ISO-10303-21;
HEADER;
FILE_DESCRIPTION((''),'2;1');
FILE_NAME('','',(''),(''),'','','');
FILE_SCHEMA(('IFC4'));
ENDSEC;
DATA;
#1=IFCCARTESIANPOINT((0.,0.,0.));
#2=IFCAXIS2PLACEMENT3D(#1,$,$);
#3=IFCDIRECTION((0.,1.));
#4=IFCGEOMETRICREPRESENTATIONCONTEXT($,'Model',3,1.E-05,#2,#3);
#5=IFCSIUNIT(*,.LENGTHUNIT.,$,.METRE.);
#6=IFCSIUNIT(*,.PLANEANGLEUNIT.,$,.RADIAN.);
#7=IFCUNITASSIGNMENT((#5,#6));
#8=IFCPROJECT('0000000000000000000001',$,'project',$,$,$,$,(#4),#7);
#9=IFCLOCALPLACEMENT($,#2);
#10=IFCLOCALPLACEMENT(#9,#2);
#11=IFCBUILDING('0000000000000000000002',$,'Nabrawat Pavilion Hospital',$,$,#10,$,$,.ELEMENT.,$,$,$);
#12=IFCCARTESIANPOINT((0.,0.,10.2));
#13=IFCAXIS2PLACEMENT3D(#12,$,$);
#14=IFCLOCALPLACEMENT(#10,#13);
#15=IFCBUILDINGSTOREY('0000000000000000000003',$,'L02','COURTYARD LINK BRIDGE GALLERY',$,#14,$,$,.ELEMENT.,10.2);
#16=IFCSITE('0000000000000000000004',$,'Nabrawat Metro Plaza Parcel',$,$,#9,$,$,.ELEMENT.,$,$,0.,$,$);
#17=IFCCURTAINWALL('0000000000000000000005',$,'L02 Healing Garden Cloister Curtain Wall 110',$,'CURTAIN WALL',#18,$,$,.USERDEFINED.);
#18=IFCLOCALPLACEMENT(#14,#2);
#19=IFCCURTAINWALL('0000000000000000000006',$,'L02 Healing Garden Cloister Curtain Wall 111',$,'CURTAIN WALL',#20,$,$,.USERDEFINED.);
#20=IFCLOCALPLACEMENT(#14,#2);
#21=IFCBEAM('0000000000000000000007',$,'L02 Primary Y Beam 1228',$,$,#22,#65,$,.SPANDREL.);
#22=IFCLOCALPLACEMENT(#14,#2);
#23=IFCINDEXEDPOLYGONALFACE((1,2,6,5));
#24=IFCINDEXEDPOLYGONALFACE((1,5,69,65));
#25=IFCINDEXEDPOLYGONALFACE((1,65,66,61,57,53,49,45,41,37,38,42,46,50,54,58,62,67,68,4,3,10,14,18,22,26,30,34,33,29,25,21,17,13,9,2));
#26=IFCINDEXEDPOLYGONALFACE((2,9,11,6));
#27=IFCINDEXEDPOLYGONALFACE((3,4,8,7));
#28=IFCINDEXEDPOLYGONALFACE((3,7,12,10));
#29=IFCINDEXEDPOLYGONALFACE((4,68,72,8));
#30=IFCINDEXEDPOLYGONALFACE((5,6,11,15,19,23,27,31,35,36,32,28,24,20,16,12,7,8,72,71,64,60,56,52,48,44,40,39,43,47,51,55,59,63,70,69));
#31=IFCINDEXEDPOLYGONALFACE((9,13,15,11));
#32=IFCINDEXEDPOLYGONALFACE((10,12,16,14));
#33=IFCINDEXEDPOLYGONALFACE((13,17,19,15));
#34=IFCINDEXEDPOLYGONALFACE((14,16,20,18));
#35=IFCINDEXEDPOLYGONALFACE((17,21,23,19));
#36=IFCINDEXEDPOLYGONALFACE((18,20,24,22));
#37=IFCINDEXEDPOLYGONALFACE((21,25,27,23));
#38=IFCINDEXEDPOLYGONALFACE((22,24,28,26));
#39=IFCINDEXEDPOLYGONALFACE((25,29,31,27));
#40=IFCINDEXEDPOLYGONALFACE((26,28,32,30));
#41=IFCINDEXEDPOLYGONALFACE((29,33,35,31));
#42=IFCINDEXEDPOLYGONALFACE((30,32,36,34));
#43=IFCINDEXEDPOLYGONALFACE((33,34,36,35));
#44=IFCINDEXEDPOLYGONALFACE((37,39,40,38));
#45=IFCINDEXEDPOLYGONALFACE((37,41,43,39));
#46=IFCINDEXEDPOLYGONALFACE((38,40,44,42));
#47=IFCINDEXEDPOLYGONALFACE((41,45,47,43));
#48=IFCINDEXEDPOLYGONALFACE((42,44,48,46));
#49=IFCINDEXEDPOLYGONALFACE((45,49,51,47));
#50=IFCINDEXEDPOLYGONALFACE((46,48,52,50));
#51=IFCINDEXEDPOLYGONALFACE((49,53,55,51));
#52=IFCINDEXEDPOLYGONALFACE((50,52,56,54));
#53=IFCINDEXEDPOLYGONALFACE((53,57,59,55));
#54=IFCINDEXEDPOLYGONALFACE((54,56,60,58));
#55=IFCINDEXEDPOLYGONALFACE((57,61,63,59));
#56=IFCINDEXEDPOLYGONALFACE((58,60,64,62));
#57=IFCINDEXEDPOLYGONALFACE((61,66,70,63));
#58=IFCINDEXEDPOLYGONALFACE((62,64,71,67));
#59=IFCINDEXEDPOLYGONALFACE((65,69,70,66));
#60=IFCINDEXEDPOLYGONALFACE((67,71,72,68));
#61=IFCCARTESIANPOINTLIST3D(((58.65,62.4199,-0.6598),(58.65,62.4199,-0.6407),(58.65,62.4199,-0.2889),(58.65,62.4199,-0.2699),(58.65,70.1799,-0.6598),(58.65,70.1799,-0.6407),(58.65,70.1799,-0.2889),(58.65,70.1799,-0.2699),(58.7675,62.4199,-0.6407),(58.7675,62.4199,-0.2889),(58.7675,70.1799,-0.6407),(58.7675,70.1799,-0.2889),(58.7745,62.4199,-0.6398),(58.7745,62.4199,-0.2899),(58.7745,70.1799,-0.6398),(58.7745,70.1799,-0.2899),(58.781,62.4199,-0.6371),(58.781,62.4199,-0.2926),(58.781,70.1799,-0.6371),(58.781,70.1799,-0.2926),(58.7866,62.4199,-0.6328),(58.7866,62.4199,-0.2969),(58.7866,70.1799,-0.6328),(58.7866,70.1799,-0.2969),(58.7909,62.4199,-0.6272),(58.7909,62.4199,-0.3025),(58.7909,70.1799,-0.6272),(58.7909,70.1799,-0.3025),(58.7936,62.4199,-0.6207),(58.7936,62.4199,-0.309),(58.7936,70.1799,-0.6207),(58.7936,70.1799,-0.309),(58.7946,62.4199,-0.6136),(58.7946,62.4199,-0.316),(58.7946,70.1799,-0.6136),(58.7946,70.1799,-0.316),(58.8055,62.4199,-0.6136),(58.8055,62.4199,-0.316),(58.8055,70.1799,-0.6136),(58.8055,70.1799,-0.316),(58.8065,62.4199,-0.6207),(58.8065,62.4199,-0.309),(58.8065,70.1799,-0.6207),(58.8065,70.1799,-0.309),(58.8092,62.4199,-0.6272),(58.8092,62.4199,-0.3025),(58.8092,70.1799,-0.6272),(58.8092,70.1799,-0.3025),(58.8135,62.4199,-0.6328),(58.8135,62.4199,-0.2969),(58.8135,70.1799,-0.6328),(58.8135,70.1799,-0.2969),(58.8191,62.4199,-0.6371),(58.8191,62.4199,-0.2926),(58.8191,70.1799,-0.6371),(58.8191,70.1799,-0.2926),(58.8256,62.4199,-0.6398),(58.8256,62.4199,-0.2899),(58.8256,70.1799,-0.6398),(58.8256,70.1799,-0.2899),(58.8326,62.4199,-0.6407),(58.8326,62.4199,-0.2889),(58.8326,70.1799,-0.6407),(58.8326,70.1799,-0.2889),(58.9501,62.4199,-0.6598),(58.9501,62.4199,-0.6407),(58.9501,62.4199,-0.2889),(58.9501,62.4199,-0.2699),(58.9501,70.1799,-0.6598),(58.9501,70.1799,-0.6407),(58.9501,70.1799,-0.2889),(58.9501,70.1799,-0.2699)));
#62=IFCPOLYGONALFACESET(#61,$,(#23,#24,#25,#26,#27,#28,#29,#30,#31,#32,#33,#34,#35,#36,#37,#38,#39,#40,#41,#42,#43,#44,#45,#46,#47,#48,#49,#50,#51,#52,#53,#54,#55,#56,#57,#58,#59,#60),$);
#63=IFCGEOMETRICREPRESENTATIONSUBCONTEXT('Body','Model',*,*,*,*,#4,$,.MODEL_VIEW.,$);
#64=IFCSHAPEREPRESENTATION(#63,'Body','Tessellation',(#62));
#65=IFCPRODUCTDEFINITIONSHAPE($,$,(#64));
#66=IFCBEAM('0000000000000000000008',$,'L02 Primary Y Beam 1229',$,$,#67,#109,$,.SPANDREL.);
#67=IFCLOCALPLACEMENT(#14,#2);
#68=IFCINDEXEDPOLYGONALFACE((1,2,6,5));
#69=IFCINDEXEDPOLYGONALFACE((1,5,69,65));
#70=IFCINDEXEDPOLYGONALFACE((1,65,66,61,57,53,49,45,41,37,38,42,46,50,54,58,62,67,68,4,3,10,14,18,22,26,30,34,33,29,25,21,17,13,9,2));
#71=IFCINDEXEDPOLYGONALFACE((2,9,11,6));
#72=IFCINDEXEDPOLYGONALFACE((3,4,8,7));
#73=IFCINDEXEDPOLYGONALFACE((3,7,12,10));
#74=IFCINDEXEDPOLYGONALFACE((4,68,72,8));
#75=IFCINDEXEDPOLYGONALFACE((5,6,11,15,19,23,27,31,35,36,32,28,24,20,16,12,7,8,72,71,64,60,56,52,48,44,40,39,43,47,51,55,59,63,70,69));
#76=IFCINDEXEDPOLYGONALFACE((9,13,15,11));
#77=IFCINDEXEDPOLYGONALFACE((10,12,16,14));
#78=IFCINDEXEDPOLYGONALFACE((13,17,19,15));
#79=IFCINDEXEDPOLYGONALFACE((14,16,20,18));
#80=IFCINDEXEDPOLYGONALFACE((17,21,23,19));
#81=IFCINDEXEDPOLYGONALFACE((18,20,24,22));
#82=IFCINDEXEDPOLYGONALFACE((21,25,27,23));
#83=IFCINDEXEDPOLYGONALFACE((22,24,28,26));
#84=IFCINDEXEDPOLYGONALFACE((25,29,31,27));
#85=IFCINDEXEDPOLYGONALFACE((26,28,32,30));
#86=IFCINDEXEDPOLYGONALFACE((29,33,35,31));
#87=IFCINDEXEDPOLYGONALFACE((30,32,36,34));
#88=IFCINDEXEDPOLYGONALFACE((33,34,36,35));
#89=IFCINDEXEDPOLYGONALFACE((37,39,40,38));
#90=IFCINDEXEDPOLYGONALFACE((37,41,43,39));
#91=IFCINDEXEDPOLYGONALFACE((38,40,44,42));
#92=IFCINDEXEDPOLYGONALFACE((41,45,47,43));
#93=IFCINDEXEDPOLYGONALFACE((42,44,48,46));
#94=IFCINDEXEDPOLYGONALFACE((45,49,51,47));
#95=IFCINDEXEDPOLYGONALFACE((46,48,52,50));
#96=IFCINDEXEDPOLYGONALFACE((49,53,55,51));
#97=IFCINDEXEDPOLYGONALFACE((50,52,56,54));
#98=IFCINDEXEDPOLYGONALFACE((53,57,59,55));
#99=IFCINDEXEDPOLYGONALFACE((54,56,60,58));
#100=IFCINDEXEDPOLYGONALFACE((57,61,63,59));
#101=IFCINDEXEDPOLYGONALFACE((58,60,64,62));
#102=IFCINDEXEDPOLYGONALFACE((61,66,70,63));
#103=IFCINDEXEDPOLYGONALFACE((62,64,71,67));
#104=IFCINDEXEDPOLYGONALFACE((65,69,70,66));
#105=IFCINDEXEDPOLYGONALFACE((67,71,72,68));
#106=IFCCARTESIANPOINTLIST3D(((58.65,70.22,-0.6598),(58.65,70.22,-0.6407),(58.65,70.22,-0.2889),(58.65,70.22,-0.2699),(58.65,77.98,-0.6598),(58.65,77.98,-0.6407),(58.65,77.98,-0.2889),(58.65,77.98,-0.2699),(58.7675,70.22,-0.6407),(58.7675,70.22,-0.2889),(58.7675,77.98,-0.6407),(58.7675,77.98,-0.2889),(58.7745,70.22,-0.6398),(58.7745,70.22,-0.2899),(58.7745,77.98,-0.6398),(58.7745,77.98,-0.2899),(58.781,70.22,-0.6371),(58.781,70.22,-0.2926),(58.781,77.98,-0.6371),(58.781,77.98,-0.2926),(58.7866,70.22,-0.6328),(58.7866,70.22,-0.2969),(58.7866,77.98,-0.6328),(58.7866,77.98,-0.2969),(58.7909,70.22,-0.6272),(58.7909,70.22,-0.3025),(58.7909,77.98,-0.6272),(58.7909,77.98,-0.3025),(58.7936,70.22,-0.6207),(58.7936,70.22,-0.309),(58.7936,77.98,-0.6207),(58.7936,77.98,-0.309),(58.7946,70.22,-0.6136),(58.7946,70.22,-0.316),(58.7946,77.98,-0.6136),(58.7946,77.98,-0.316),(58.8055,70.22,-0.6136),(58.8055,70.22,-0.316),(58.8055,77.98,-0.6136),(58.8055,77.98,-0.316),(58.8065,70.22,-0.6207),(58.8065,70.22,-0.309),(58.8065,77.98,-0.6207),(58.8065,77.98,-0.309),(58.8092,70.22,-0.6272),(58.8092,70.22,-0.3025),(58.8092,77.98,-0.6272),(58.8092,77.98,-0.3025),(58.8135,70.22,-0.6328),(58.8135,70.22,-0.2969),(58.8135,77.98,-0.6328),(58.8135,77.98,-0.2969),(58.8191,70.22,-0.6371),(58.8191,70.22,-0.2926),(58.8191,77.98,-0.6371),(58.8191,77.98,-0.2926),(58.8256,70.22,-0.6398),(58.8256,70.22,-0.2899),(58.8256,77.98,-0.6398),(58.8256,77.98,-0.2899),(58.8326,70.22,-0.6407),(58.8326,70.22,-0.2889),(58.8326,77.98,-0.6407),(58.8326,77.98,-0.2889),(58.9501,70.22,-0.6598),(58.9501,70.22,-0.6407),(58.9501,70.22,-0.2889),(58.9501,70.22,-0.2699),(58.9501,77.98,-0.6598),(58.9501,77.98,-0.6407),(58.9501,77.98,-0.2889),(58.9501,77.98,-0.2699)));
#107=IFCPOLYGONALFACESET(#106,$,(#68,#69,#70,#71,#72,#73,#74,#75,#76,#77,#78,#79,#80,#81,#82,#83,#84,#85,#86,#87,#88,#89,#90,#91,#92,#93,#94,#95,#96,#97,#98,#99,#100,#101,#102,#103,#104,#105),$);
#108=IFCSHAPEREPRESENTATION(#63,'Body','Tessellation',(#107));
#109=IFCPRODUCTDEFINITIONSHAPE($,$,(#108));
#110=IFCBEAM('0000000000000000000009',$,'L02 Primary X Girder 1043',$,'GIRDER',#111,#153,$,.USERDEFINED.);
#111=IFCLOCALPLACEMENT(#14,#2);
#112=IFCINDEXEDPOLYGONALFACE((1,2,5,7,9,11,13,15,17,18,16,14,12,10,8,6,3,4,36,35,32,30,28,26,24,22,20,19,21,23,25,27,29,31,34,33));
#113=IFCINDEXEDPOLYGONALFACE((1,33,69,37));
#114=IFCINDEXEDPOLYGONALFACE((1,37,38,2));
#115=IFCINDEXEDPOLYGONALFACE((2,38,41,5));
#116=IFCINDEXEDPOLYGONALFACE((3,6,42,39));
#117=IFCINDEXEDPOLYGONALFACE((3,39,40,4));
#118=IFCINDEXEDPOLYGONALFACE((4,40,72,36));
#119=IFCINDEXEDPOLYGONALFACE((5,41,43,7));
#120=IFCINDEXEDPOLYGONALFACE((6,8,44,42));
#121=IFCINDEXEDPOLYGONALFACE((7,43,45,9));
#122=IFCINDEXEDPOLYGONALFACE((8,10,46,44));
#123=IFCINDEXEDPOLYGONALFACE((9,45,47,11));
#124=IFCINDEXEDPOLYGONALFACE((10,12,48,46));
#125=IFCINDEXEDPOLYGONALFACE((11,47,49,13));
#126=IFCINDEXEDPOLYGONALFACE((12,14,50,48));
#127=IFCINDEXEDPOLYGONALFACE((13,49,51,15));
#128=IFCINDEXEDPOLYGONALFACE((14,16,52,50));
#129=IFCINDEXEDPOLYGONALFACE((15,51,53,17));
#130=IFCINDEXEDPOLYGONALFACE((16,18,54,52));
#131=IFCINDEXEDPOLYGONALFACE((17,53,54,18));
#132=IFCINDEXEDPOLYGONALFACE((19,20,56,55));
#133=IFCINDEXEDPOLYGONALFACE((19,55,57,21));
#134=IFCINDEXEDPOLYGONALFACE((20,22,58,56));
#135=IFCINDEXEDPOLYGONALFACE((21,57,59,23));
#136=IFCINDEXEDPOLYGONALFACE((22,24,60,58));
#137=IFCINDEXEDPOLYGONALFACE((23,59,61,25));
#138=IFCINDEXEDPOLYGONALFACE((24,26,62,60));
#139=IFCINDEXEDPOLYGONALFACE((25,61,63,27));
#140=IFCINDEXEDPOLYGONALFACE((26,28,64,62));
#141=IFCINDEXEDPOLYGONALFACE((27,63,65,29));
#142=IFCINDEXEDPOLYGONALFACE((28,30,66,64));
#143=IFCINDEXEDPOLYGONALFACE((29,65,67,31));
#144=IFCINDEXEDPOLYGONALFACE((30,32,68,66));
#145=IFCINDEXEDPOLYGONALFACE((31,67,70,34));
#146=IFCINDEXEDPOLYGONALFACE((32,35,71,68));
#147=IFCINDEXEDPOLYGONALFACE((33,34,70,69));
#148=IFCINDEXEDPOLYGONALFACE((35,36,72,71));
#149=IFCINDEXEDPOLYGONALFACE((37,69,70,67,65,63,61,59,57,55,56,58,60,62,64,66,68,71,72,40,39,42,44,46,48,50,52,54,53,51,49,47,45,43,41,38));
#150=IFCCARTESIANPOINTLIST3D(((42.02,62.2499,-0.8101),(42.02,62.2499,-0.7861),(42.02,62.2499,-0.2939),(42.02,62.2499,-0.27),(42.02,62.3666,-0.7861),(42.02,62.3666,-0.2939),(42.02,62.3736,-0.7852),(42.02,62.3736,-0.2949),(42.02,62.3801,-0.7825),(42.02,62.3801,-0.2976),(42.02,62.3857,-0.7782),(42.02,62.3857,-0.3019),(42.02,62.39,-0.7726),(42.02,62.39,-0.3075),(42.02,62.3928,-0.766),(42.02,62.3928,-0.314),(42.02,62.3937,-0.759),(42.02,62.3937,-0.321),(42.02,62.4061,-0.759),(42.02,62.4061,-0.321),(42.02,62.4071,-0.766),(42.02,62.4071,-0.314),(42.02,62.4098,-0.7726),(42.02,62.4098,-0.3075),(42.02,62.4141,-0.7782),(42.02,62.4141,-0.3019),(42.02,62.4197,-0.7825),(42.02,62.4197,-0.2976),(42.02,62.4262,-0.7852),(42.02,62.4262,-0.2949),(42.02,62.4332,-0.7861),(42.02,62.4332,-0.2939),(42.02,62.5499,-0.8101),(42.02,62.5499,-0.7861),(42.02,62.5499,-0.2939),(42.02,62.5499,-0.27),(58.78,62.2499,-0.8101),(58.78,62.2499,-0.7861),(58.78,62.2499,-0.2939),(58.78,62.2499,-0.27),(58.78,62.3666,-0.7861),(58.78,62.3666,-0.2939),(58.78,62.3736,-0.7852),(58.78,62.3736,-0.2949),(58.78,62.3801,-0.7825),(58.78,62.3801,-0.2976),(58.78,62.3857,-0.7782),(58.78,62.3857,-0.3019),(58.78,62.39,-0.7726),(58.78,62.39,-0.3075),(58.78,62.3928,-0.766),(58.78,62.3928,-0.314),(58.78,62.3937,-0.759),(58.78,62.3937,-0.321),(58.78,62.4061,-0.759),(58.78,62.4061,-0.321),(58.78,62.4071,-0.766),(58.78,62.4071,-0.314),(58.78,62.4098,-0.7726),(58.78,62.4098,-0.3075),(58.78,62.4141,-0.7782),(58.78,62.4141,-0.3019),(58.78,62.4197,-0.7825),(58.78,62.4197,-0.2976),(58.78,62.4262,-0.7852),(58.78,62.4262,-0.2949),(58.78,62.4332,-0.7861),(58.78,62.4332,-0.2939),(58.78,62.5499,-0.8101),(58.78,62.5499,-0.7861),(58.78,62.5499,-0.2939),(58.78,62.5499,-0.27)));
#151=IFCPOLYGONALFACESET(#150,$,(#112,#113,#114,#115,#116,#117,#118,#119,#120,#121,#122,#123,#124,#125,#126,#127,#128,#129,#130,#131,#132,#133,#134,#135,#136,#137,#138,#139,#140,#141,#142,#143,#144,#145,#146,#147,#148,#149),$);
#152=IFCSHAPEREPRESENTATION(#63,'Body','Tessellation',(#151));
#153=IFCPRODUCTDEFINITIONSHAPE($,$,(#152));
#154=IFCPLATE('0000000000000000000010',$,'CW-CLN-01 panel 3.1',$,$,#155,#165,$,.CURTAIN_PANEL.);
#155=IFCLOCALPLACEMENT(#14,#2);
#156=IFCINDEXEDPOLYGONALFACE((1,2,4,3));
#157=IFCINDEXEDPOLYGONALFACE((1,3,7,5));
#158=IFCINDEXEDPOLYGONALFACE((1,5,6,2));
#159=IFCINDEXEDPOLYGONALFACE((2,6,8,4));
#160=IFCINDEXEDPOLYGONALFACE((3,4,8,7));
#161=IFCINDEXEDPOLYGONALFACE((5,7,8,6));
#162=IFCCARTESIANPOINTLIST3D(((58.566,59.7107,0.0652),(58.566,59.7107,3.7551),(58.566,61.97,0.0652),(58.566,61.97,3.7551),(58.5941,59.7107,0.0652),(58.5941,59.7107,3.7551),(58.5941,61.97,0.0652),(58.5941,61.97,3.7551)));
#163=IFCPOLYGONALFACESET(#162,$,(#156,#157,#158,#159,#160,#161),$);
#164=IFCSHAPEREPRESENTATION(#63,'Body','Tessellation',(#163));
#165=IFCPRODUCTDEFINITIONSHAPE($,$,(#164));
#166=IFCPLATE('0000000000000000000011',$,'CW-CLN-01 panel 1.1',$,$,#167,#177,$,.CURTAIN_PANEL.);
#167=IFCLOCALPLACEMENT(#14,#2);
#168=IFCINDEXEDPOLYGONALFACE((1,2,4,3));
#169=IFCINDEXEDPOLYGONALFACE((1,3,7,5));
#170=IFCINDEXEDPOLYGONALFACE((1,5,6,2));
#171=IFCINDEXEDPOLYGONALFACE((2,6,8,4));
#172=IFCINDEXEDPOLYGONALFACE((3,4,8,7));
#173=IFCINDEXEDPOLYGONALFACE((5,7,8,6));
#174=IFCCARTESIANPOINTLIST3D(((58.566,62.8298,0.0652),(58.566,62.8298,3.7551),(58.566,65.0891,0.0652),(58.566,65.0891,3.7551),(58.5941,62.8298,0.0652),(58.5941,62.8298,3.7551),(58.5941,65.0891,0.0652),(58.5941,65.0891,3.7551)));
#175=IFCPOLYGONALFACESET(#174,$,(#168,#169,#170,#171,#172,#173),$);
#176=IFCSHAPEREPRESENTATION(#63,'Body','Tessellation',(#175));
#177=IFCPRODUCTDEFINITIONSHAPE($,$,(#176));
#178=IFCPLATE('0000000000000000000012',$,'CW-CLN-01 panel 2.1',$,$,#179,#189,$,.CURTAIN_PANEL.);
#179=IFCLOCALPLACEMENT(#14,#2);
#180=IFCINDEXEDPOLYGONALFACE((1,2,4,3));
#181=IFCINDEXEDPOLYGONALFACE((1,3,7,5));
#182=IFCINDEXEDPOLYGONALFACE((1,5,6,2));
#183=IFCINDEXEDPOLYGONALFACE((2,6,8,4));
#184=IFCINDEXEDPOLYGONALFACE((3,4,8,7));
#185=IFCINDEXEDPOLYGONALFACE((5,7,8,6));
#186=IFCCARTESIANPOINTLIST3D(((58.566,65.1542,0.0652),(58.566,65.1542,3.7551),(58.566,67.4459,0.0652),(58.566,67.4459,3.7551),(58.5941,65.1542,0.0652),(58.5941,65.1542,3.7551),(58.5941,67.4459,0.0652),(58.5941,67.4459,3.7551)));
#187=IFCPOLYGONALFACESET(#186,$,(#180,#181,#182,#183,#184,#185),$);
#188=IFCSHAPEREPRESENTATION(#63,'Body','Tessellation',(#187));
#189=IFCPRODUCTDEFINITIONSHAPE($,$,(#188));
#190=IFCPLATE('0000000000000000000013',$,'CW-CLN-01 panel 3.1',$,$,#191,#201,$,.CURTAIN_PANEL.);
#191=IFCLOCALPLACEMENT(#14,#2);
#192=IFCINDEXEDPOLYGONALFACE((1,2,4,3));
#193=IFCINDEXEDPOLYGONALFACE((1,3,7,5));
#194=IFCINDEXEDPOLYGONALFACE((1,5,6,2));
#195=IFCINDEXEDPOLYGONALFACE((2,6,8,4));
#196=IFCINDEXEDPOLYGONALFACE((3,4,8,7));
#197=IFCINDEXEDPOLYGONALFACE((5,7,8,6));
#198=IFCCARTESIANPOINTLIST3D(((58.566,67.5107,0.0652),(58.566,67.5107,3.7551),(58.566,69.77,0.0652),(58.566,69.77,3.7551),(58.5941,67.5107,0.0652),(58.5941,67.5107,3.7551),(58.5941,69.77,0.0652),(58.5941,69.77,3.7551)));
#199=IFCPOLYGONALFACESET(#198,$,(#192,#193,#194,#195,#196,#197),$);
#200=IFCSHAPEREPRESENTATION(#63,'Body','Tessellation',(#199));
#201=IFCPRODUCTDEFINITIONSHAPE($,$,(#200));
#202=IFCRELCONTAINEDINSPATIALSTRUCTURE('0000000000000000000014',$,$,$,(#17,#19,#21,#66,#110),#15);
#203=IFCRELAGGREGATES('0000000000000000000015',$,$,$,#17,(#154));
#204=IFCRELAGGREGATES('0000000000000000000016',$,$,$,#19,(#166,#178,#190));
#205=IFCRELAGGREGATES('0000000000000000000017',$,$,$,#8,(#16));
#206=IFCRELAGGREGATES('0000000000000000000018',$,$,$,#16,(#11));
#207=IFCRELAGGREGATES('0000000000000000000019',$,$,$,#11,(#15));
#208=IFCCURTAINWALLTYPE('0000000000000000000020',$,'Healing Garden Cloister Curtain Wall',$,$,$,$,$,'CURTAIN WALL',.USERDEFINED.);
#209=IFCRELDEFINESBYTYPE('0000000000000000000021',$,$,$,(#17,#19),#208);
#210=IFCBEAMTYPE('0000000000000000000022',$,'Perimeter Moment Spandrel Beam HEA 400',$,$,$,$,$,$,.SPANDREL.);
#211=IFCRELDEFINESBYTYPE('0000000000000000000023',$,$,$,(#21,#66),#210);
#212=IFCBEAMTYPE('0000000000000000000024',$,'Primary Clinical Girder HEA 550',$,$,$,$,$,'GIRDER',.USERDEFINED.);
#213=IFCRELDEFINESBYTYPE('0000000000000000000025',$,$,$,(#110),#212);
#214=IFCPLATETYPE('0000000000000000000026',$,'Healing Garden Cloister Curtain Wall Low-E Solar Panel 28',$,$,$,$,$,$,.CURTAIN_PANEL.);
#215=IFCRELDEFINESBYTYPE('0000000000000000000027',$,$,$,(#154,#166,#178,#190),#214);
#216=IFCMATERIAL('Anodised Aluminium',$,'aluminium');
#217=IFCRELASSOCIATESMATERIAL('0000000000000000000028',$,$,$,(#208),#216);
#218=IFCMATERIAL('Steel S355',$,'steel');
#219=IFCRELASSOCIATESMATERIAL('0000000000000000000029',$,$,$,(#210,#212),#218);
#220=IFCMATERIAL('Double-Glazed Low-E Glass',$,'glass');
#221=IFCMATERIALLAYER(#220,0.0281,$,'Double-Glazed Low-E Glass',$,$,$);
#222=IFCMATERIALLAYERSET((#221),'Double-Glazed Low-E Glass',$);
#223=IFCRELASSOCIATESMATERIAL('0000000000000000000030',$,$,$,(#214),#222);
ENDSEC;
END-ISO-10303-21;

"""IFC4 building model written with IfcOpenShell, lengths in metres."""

from ifc_helpers import new_model, si_unit, direction, frame, origin, origin_2d, place, context, subcontext, project, spatial, rectangle, i_section, extrude, material, layer, layer_set, material_profile, profile_set, type_object, element, aggregate, save


model = new_model("IFC4")

# Units and contexts
model_context = context("Model", 3, precision=1e-05, world=origin(), true_north=direction((0.0, 1.0)))
body_context = subcontext(model_context, "Body", "Model", "MODEL_VIEW")
ifc_project = project(units=[si_unit("LENGTHUNIT", "METRE"), si_unit("PLANEANGLEUNIT", "RADIAN")], contexts=[model_context])

# Site, building, storey
site_placement = place(None, origin())
site = spatial("IfcSite", under=ifc_project, at=site_placement, Name="Nabrawat Metro Plaza Parcel", CompositionType="ELEMENT", RefElevation=0.0)
building_placement = place(site_placement, origin())
building = spatial("IfcBuilding", under=site, at=building_placement, Name="Nabrawat Pavilion Hospital", CompositionType="ELEMENT")
storey_placement = place(building_placement, frame((0.0, 0.0, 10.2)))
storey = spatial("IfcBuildingStorey", under=building, at=storey_placement, Name="L02", Description="COURTYARD LINK BRIDGE GALLERY", CompositionType="ELEMENT", Elevation=10.2)

# Shared definitions
ifc_material_1 = material(Name="Steel S355", Category="steel")

# Curtain wall
ifc_material_2 = material(Name="Anodised Aluminium", Category="aluminium")
curtain_wall_type = type_object("IfcCurtainWallType", Name="Healing Garden Cloister Curtain Wall", ElementType="CURTAIN WALL", PredefinedType="USERDEFINED", material=ifc_material_2)
curtain_wall_1_placement = place(storey_placement, origin())
curtain_wall_1 = element("IfcCurtainWall", 1, at=curtain_wall_1_placement, inside=storey, type_object=curtain_wall_type, Name="L02 Healing Garden Cloister Curtain Wall 110", ObjectType="CURTAIN WALL", PredefinedType="USERDEFINED")

# Curtain wall
curtain_wall_2_placement = place(storey_placement, origin())
curtain_wall_2 = element("IfcCurtainWall", 2, at=curtain_wall_2_placement, inside=storey, type_object=curtain_wall_type, Name="L02 Healing Garden Cloister Curtain Wall 111", ObjectType="CURTAIN WALL", PredefinedType="USERDEFINED")

# Beams
ifc_material_profile_1 = material_profile(ifc_material_1, i_section(OverallWidth=0.3, OverallDepth=0.3899, WebThickness=0.011, FlangeThickness=0.019, FilletRadius=0.0271, at=origin_2d()), Name="HEA 400")
ifc_profile_set_1 = profile_set([ifc_material_profile_1], Name="Steel S355")
beam_type_1 = type_object("IfcBeamType", Name="Perimeter Moment Spandrel Beam HEA 400", PredefinedType="SPANDREL", material=ifc_profile_set_1)
for number, where, z_axis, x_axis, name in (
    (3, (58.8, 62.4199, -0.4648), (0.0, 1.0, 0.0), (-1.0, 0.0, 0.0), "L02 Primary Y Beam 1228"),
    (4, (58.8, 70.22, -0.4648), (0.0, 1.0, 0.0), (-1.0, 0.0, 0.0), "L02 Primary Y Beam 1229"),
):
    element("IfcBeam", number, at=place(storey_placement, frame(where, z_axis=z_axis, x_axis=x_axis)), inside=storey, type_object=beam_type_1, Name=name, PredefinedType="SPANDREL", context=body_context, shape_type="SweptSolid", body=[
        extrude(i_section(OverallWidth=0.3, OverallDepth=0.3899, WebThickness=0.011, FlangeThickness=0.019, FilletRadius=0.0271, at=origin_2d()), origin(), (0.0, 0.0, 1.0), 7.76),
    ])
ifc_material_profile_2 = material_profile(ifc_material_1, i_section(OverallWidth=0.3, OverallDepth=0.54, WebThickness=0.0125, FlangeThickness=0.0239, FilletRadius=0.0271, at=origin_2d()), Name="HEA 550")
ifc_profile_set_2 = profile_set([ifc_material_profile_2], Name="Steel S355")
beam_type_2 = type_object("IfcBeamType", Name="Primary Clinical Girder HEA 550", ElementType="GIRDER", PredefinedType="USERDEFINED", material=ifc_profile_set_2)
beam_placement = place(storey_placement, frame((42.02, 62.3999, -0.54), z_axis=(1.0, 0.0, 0.0), x_axis=(0.0, 1.0, 0.0)))
element("IfcBeam", 5, at=beam_placement, inside=storey, type_object=beam_type_2, Name="L02 Primary X Girder 1043", ObjectType="GIRDER", PredefinedType="USERDEFINED", context=body_context, shape_type="SweptSolid", body=[
    extrude(i_section(OverallWidth=0.3, OverallDepth=0.54, WebThickness=0.0125, FlangeThickness=0.0239, FilletRadius=0.0271, at=origin_2d()), origin(), (0.0, 0.0, 1.0), 16.76),
])

# Plates
ifc_material_3 = material(Name="Double-Glazed Low-E Glass", Category="glass")
ifc_layer = layer(ifc_material_3, 0.0281, Name="Double-Glazed Low-E Glass")
ifc_layer_set = layer_set([ifc_layer], Name="Double-Glazed Low-E Glass")
plate_type = type_object("IfcPlateType", Name="Healing Garden Cloister Curtain Wall Low-E Solar Panel 28", PredefinedType="CURTAIN_PANEL", material=ifc_layer_set)
plate_1_placement = place(storey_placement, frame((58.5801, 60.8403, 0.0652), z_axis=(0.0, 0.0, 1.0), x_axis=(0.0, 1.0, 0.0)))
plate_1 = element("IfcPlate", 6, at=plate_1_placement, type_object=plate_type, Name="CW-CLN-01 panel 3.1", PredefinedType="CURTAIN_PANEL", context=body_context, shape_type="SweptSolid", body=[
    extrude(rectangle(XDim=2.2593, YDim=0.0281, at=origin_2d()), origin(), (0.0, 0.0, 1.0), 3.6899),
])
aggregate(curtain_wall_1, [plate_1])
plate_2_placement = place(storey_placement, frame((58.5801, 63.9595, 0.0652), z_axis=(0.0, 0.0, 1.0), x_axis=(0.0, 1.0, 0.0)))
plate_2 = element("IfcPlate", 7, at=plate_2_placement, type_object=plate_type, Name="CW-CLN-01 panel 1.1", PredefinedType="CURTAIN_PANEL", context=body_context, shape_type="SweptSolid", body=[
    extrude(rectangle(XDim=2.2593, YDim=0.0281, at=origin_2d()), origin(), (0.0, 0.0, 1.0), 3.6899),
])
plate_3_placement = place(storey_placement, frame((58.5801, 66.3, 0.0652), z_axis=(0.0, 0.0, 1.0), x_axis=(0.0, 1.0, 0.0)))
plate_3 = element("IfcPlate", 8, at=plate_3_placement, type_object=plate_type, Name="CW-CLN-01 panel 2.1", PredefinedType="CURTAIN_PANEL", context=body_context, shape_type="SweptSolid", body=[
    extrude(rectangle(XDim=2.2917, YDim=0.0281, at=origin_2d()), origin(), (0.0, 0.0, 1.0), 3.6899),
])
plate_4_placement = place(storey_placement, frame((58.5801, 68.6404, 0.0652), z_axis=(0.0, 0.0, 1.0), x_axis=(0.0, 1.0, 0.0)))
plate_4 = element("IfcPlate", 9, at=plate_4_placement, type_object=plate_type, Name="CW-CLN-01 panel 3.1", PredefinedType="CURTAIN_PANEL", context=body_context, shape_type="SweptSolid", body=[
    extrude(rectangle(XDim=2.2593, YDim=0.0281, at=origin_2d()), origin(), (0.0, 0.0, 1.0), 3.6899),
])
aggregate(curtain_wall_2, [plate_2, plate_3, plate_4])

save(model, "model.ifc")
